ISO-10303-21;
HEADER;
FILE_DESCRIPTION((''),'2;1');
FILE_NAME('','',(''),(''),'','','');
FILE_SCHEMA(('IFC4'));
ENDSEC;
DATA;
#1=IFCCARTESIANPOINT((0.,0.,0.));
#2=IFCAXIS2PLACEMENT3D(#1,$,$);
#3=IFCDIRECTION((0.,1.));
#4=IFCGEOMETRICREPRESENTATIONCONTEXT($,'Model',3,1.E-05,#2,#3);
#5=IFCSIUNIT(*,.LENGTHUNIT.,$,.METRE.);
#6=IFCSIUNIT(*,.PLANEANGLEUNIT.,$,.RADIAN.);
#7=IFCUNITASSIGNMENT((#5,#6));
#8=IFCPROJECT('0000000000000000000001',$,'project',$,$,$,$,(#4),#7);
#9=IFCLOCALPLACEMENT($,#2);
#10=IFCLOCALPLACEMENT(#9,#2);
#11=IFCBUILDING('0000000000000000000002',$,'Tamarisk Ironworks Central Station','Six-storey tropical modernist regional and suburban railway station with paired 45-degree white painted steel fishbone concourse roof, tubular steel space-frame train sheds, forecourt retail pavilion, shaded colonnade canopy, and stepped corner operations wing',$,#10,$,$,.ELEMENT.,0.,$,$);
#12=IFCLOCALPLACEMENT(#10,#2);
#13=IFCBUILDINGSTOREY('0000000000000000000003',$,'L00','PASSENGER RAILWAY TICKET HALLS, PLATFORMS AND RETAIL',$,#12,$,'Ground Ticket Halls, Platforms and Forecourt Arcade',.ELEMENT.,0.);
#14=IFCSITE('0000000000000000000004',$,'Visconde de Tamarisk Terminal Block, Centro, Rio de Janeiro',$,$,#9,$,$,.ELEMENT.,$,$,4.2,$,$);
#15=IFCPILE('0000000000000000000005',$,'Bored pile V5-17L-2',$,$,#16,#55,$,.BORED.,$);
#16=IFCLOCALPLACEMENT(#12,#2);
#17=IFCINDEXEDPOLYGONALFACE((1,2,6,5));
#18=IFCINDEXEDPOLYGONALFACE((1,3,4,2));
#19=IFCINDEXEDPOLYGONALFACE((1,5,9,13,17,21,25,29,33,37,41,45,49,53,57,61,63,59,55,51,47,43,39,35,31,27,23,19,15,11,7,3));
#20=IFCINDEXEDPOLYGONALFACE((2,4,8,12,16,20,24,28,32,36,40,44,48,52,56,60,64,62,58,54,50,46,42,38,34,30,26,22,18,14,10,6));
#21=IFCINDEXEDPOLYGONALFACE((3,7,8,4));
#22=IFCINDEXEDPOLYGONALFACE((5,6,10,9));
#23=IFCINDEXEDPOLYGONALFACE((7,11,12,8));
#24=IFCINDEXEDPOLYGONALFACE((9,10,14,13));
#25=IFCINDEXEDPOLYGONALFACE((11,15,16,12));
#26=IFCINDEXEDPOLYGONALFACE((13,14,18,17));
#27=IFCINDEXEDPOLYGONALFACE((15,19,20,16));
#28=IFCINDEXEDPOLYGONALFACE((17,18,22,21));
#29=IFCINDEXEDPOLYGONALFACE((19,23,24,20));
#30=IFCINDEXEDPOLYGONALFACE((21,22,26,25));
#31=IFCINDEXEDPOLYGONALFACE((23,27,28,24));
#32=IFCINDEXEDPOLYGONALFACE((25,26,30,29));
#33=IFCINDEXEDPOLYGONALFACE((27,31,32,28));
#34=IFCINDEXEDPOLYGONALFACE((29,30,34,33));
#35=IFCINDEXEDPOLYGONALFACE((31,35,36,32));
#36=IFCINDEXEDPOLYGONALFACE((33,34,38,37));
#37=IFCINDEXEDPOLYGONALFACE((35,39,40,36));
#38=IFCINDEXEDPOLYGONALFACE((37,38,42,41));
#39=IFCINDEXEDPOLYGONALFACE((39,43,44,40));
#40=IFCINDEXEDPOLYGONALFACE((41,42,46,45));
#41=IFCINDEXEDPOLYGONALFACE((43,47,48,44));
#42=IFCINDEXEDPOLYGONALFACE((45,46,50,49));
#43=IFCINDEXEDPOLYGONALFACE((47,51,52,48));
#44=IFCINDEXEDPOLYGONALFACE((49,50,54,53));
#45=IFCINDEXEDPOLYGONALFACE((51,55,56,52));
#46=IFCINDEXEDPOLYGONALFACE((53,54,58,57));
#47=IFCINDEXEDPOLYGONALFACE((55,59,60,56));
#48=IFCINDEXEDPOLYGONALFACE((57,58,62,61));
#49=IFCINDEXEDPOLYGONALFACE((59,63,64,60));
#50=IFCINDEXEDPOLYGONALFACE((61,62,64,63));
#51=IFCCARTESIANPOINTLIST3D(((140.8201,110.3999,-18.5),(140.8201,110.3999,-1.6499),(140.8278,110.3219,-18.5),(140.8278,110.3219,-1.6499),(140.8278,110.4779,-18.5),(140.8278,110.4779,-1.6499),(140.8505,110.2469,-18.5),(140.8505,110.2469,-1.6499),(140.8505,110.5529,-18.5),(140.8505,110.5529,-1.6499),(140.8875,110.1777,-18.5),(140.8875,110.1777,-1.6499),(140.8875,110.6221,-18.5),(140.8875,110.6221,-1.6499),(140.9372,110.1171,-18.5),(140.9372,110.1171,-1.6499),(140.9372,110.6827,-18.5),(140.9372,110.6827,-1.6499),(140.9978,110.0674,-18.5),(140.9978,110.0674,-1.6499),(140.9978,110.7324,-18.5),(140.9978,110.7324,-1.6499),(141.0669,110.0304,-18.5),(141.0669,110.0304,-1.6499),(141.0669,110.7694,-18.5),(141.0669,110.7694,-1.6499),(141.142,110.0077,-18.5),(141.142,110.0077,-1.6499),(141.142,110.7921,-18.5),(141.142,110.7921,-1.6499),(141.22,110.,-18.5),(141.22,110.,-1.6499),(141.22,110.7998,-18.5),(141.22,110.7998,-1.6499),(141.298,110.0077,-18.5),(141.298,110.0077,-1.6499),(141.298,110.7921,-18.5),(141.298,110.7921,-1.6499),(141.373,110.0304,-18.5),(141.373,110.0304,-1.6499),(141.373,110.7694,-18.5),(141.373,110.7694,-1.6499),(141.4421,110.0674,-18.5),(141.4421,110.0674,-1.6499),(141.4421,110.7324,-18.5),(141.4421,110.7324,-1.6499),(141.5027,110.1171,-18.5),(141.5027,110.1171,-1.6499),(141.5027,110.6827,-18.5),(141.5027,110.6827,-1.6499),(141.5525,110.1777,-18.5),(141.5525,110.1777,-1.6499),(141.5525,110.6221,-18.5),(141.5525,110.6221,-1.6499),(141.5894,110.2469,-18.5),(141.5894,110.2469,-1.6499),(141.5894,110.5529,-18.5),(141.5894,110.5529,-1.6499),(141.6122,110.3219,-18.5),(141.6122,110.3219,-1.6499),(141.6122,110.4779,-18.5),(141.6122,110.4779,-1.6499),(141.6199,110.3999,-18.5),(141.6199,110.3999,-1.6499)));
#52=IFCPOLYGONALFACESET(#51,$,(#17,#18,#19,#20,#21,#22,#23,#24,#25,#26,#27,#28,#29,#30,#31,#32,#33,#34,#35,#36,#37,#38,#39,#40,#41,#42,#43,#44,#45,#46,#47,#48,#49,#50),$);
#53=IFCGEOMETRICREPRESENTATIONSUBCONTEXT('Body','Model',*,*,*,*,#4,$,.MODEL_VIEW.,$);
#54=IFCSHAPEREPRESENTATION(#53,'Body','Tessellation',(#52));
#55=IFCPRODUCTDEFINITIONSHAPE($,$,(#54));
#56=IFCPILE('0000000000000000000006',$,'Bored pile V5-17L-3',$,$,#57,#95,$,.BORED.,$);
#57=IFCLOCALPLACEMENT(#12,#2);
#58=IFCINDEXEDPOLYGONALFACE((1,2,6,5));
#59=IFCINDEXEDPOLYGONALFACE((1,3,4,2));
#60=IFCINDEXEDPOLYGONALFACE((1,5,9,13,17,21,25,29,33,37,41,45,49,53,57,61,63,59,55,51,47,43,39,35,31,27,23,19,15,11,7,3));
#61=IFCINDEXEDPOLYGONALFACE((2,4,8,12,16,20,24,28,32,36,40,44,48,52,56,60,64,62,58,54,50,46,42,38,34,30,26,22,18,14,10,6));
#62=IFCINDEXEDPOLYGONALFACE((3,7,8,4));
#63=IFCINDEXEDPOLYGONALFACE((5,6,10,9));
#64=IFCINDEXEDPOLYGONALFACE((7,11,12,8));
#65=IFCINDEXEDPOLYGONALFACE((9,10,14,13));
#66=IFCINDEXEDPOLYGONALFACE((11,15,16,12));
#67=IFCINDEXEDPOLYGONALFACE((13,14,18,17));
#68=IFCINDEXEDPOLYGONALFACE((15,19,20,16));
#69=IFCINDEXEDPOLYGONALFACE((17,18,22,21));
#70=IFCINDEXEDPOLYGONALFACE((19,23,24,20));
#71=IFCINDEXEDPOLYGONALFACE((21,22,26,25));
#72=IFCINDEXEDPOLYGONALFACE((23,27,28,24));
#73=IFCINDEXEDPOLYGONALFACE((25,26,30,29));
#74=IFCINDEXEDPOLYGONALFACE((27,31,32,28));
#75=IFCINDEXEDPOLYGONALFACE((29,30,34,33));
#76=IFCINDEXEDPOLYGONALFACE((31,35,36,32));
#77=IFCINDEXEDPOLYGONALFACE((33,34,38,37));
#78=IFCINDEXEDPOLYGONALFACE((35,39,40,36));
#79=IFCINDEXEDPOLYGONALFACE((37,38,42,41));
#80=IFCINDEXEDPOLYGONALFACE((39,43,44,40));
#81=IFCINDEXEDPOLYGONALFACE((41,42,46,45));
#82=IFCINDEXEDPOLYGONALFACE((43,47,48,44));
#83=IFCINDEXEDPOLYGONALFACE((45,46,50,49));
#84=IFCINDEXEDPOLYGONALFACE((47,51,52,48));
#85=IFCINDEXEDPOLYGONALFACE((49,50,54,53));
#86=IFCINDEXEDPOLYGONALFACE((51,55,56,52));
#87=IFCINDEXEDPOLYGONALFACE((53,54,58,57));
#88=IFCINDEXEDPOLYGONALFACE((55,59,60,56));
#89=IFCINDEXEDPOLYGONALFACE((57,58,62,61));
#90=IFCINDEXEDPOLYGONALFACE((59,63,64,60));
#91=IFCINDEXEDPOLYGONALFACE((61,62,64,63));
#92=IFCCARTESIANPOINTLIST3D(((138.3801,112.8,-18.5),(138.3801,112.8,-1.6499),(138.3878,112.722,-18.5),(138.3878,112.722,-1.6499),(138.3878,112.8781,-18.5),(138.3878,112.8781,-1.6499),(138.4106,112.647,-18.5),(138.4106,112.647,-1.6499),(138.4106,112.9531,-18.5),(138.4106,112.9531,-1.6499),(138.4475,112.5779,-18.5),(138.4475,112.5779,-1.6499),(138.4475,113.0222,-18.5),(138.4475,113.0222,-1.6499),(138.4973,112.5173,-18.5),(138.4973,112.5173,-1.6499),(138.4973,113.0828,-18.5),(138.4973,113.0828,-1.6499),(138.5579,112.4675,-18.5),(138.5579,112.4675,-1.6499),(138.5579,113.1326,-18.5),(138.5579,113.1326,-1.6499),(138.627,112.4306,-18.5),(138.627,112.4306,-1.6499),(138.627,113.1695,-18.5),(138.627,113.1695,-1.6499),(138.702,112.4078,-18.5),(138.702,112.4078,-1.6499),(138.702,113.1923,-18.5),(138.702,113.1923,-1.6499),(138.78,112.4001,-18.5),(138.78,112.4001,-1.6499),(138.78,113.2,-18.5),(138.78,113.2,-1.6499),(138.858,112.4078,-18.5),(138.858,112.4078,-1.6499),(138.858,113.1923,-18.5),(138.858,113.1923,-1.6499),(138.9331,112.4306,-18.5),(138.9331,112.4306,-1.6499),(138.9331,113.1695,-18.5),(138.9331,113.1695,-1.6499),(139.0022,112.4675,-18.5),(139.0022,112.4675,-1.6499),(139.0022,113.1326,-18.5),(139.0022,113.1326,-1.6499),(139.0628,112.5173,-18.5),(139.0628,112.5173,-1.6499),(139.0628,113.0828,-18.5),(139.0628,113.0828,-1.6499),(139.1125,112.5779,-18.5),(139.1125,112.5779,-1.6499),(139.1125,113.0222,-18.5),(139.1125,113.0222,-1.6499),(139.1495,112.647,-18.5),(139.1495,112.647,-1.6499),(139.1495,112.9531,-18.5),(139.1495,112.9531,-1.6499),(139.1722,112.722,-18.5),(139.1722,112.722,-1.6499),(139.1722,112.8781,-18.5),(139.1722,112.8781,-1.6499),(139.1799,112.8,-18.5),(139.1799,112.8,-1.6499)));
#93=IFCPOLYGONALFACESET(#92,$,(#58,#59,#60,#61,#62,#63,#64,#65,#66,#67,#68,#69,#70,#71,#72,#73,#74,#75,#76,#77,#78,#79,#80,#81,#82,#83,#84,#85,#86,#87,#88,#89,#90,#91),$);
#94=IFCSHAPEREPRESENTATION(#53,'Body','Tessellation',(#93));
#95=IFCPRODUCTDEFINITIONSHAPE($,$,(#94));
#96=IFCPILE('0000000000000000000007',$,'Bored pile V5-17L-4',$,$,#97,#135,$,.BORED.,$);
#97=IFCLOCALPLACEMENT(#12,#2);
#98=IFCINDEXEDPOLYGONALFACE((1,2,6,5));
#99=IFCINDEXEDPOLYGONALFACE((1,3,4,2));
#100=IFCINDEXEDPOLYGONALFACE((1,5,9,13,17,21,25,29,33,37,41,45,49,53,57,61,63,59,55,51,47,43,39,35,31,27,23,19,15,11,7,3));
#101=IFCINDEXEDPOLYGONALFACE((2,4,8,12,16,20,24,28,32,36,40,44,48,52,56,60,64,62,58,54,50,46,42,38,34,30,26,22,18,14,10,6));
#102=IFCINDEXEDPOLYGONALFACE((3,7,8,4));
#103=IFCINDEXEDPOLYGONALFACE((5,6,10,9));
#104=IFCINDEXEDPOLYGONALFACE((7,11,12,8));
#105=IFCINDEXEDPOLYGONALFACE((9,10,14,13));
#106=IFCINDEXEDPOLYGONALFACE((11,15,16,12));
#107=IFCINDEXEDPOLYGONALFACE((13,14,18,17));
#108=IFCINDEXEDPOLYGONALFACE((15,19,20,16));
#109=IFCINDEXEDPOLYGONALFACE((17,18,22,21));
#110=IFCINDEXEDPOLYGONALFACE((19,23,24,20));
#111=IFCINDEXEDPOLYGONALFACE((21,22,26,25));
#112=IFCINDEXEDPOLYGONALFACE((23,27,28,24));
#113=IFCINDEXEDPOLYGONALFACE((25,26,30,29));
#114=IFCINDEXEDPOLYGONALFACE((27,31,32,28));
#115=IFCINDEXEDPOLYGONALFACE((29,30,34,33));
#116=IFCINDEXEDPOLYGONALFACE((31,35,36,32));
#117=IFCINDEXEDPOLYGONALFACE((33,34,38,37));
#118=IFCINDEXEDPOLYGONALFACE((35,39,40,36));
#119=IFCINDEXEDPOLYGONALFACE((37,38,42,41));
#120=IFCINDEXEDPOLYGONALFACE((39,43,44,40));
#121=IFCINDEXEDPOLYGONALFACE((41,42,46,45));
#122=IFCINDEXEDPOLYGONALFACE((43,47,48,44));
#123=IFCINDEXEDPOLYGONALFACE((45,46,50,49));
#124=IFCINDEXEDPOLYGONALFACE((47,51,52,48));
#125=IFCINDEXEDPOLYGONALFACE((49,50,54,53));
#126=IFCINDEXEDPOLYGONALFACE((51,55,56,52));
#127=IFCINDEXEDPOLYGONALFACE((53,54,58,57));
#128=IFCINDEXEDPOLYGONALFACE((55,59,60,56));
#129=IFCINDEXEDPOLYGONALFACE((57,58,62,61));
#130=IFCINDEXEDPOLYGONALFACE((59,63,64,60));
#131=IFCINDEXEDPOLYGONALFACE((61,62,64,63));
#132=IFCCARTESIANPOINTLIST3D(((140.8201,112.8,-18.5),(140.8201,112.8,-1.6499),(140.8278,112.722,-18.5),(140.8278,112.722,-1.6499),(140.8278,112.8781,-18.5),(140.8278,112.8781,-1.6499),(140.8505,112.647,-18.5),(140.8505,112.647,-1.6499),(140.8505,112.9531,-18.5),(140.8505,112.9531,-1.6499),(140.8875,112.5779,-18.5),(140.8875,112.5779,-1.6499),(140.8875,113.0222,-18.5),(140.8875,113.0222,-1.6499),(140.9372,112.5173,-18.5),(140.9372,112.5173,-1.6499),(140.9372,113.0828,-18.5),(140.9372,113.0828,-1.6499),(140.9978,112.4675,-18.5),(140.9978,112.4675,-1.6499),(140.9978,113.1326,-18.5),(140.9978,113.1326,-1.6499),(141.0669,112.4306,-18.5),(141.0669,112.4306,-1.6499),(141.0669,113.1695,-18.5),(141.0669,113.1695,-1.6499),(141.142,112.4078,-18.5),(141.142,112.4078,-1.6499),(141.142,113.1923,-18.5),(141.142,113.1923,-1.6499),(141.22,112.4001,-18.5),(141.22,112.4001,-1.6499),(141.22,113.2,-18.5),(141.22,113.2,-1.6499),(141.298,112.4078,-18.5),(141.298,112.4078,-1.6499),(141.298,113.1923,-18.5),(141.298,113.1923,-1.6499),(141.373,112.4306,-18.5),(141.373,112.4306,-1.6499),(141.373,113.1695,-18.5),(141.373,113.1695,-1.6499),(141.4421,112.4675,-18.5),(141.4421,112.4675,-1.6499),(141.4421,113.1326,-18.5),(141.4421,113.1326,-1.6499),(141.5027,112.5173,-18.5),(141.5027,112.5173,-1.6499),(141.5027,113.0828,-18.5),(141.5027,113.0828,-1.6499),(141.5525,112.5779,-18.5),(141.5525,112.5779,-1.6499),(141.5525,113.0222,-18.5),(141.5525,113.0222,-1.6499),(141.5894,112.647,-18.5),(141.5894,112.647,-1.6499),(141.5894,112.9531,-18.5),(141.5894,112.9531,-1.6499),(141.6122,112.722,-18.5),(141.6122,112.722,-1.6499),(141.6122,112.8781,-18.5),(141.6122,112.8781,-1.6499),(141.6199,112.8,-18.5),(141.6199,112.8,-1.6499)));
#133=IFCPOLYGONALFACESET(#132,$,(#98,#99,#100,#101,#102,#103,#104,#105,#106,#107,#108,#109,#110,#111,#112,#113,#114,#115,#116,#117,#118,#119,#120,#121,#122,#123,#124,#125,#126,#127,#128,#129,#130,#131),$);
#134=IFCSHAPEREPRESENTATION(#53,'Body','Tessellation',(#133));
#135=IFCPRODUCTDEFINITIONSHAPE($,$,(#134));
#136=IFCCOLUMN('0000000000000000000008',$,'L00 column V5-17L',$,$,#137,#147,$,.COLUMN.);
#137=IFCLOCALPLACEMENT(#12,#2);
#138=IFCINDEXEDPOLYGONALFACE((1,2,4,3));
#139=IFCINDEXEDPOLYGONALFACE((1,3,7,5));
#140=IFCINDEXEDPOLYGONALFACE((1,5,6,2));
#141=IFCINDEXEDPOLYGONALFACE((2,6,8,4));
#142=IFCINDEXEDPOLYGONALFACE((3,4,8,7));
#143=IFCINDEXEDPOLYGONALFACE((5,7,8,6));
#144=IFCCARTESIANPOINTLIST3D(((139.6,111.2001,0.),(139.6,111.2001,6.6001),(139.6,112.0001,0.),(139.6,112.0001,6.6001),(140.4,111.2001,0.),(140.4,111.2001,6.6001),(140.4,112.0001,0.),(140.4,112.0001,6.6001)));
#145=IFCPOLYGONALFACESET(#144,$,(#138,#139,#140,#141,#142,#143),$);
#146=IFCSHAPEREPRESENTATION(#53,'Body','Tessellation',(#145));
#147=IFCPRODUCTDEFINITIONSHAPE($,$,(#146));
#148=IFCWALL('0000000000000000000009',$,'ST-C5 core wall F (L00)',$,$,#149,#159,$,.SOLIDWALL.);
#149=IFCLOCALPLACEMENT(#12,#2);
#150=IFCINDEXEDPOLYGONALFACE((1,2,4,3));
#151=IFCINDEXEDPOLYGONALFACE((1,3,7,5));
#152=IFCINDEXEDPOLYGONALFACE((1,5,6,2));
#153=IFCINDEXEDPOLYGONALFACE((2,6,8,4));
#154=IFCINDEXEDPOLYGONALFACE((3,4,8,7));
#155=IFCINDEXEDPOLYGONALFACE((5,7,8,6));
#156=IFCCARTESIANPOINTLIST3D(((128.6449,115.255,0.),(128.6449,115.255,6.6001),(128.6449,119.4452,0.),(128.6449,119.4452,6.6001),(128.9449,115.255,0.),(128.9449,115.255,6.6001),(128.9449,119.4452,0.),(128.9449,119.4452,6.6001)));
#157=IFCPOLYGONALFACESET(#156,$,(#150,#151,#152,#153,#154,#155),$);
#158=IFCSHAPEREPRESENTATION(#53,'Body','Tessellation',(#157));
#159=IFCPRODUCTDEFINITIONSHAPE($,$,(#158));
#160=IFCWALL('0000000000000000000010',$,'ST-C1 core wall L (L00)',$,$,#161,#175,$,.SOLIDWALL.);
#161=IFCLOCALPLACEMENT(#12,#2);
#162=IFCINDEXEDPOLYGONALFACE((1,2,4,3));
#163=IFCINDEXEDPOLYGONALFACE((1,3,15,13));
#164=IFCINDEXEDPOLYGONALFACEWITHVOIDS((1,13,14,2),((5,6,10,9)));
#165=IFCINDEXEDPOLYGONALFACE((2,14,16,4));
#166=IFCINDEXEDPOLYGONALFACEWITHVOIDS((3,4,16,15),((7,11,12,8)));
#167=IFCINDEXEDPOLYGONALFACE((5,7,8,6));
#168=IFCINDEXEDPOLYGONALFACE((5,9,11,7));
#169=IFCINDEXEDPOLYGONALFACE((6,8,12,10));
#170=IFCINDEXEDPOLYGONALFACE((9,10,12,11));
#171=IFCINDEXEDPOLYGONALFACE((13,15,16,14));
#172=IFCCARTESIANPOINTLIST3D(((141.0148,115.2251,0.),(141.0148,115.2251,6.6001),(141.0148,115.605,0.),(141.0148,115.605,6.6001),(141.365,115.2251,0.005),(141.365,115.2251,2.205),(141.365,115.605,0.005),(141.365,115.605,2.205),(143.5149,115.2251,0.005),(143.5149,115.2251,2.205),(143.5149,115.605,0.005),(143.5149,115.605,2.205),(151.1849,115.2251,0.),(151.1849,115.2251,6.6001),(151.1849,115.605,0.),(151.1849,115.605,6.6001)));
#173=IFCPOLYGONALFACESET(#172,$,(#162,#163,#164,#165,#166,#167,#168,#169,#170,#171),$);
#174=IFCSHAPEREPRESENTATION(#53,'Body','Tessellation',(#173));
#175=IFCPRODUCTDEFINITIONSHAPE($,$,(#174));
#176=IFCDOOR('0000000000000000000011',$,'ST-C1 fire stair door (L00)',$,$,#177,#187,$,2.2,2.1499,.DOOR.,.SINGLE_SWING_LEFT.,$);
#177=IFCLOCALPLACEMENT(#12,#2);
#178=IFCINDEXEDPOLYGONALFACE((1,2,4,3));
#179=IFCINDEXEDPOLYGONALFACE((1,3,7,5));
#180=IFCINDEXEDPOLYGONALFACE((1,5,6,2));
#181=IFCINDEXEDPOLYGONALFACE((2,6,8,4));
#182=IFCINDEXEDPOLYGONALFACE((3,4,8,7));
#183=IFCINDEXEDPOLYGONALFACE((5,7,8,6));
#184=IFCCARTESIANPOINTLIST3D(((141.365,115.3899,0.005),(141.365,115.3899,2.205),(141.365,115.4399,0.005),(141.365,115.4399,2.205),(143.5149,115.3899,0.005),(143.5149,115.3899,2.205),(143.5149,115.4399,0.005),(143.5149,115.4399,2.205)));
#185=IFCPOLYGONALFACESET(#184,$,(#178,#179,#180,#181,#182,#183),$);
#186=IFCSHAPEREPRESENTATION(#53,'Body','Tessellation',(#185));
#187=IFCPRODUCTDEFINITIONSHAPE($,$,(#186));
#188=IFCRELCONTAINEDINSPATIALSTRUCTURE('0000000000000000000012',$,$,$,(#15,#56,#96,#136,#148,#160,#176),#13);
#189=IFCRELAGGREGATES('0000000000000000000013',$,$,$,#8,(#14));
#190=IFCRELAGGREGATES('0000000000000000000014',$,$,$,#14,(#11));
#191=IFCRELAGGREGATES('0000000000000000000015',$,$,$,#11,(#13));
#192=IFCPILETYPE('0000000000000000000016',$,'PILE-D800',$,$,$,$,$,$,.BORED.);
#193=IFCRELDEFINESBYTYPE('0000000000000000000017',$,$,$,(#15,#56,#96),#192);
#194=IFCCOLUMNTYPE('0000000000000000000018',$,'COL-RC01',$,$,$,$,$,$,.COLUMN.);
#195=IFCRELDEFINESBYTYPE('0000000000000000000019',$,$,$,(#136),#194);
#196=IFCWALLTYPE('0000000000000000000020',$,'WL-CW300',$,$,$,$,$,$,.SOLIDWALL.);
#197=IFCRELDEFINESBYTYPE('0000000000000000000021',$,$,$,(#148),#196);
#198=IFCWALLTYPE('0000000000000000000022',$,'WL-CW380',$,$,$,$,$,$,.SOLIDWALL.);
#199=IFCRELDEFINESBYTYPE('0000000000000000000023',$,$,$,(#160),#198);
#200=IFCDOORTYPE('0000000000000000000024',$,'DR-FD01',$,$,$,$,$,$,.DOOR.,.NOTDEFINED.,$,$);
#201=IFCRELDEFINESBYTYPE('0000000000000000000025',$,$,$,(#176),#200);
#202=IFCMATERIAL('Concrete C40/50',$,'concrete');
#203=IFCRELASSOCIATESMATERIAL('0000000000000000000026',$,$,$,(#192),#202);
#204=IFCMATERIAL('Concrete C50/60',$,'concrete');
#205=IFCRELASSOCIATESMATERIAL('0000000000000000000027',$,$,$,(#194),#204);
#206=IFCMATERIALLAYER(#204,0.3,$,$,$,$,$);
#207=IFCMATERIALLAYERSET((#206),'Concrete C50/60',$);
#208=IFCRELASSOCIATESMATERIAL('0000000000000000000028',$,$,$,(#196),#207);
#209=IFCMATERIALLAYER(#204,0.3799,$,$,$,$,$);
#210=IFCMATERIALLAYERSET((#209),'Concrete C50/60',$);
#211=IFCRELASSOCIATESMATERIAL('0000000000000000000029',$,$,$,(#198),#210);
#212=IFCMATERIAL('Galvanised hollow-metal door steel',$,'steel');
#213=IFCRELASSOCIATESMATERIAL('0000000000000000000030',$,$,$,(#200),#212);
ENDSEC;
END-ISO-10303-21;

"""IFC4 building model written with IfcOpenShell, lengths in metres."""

from ifc_helpers import new_model, si_unit, direction, frame, frame_2d, origin, origin_2d, place, context, subcontext, project, spatial, rectangle, circle, extrude, material, layer, layer_set, material_profile, profile_set, type_object, element, fill, save


model = new_model("IFC4")

# Units and contexts
model_context = context("Model", 3, precision=1e-05, world=origin(), true_north=direction((0.0, 1.0)))
body_context = subcontext(model_context, "Body", "Model", "MODEL_VIEW")
ifc_project = project(units=[si_unit("LENGTHUNIT", "METRE"), si_unit("PLANEANGLEUNIT", "RADIAN")], contexts=[model_context])

# Site, building, storey
site_placement = place(None, origin())
site = spatial("IfcSite", under=ifc_project, at=site_placement, Name="Visconde de Tamarisk Terminal Block, Centro, Rio de Janeiro", CompositionType="ELEMENT", RefElevation=4.2)
building_placement = place(site_placement, origin())
building = spatial("IfcBuilding", under=site, at=building_placement, Name="Tamarisk Ironworks Central Station", Description="Six-storey tropical modernist regional and suburban railway station with paired 45-degree white painted steel fishbone concourse roof, tubular steel space-frame train sheds, forecourt retail pavilion, shaded colonnade canopy, and stepped corner operations wing", CompositionType="ELEMENT", ElevationOfRefHeight=0.0)
storey_placement = place(building_placement, origin())
storey = spatial("IfcBuildingStorey", under=building, at=storey_placement, Name="L00", Description="PASSENGER RAILWAY TICKET HALLS, PLATFORMS AND RETAIL", LongName="Ground Ticket Halls, Platforms and Forecourt Arcade", CompositionType="ELEMENT", Elevation=0.0)

# Shared definitions
ifc_material_1 = material(Name="Concrete C40/50", Category="concrete")

# Piles
ifc_material_profile_1 = material_profile(ifc_material_1, circle(Radius=0.3999, at=origin_2d()), Name="BORED PILE D800")
ifc_profile_set_1 = profile_set([ifc_material_profile_1], Name="Concrete C40/50")
pile_type = type_object("IfcPileType", Name="PILE-D800", PredefinedType="BORED", material=ifc_profile_set_1)
for number, where, z_axis, x_axis, name in (
    (1, (141.22, 110.3999, -1.6499), (0.0, 0.0, -1.0), (1.0, 0.0, 0.0), "Bored pile V5-17L-2"),
    (2, (138.78, 112.8, -1.6499), (0.0, 0.0, -1.0), (1.0, 0.0, 0.0), "Bored pile V5-17L-3"),
    (3, (141.22, 112.8, -1.6499), (0.0, 0.0, -1.0), (1.0, 0.0, 0.0), "Bored pile V5-17L-4"),
):
    element("IfcPile", number, at=place(storey_placement, frame(where, z_axis=z_axis, x_axis=x_axis)), inside=storey, type_object=pile_type, Name=name, PredefinedType="BORED", context=body_context, shape_type="SweptSolid", body=[
        extrude(circle(Radius=0.3999, at=origin_2d()), origin(), (0.0, 0.0, 1.0), 16.8501),
    ])

# Column
ifc_material_2 = material(Name="Concrete C50/60", Category="concrete")
ifc_material_profile_2 = material_profile(ifc_material_2, rectangle(XDim=0.8, YDim=0.8, at=origin_2d()), Name="RC 800x800")
ifc_profile_set_2 = profile_set([ifc_material_profile_2], Name="Concrete C50/60")
column_type = type_object("IfcColumnType", Name="COL-RC01", PredefinedType="COLUMN", material=ifc_profile_set_2)
column_placement = place(storey_placement, frame((140.0, 111.6001, 0.0), z_axis=(0.0, 0.0, 1.0), x_axis=(1.0, 0.0, 0.0)))
element("IfcColumn", 4, at=column_placement, inside=storey, type_object=column_type, Name="L00 column V5-17L", PredefinedType="COLUMN", context=body_context, shape_type="SweptSolid", body=[
    extrude(rectangle(XDim=0.8, YDim=0.8, at=origin_2d()), origin(), (0.0, 0.0, 1.0), 6.6001),
])

# Wall
ifc_layer_1 = layer(ifc_material_2, 0.3)
ifc_layer_set_1 = layer_set([ifc_layer_1], Name="Concrete C50/60")
wall_type_1 = type_object("IfcWallType", Name="WL-CW300", PredefinedType="SOLIDWALL", material=ifc_layer_set_1)
wall_1_placement = place(storey_placement, frame((128.7949, 115.2549, 0.0), z_axis=(0.0, 0.0, 1.0), x_axis=(0.0, 1.0, 0.0)))
element("IfcWall", 5, at=wall_1_placement, inside=storey, type_object=wall_type_1, Name="ST-C5 core wall F (L00)", PredefinedType="SOLIDWALL", context=body_context, shape_type="SweptSolid", body=[
    extrude(rectangle(XDim=4.1902, YDim=0.3, at=frame_2d((2.0952, 0.0))), origin(), (0.0, 0.0, 1.0), 6.6001),
])

# Wall, opening, door
ifc_layer_2 = layer(ifc_material_2, 0.3799)
ifc_layer_set_2 = layer_set([ifc_layer_2], Name="Concrete C50/60")
wall_type_2 = type_object("IfcWallType", Name="WL-CW380", PredefinedType="SOLIDWALL", material=ifc_layer_set_2)
wall_2_placement = place(storey_placement, frame((141.0149, 115.415, 0.0), z_axis=(0.0, 0.0, 1.0), x_axis=(1.0, 0.0, 0.0)))
wall_2 = element("IfcWall", 6, at=wall_2_placement, inside=storey, type_object=wall_type_2, Name="ST-C1 core wall L (L00)", PredefinedType="SOLIDWALL", context=body_context, shape_type="SweptSolid", body=[
    extrude(rectangle(XDim=10.1702, YDim=0.3799, at=frame_2d((5.085, 0.0))), origin(), (0.0, 0.0, 1.0), 6.6001),
])
opening_1_placement = place(wall_2_placement, frame((0.3501, 0.0, 0.0049)))
opening_1 = element("IfcOpeningElement", 7, at=opening_1_placement, cuts=wall_2, PredefinedType="OPENING", context=body_context, shape_type="SweptSolid", body=[
    extrude(rectangle(XDim=2.1499, YDim=2.2, at=frame_2d((1.075, 1.1001))), frame((0.0, 0.2019, 0.0), z_axis=(0.0, -1.0, 0.0), x_axis=(1.0, 0.0, 0.0)), (0.0, 0.0, 1.0), 0.4038),
])
ifc_material_3 = material(Name="Galvanised hollow-metal door steel", Category="steel")
door_type_1 = type_object("IfcDoorType", Name="DR-FD01", OperationType="NOTDEFINED", PredefinedType="DOOR", material=ifc_material_3)
door_1_placement = place(opening_1_placement, origin())
door_1 = element("IfcDoor", 8, at=door_1_placement, inside=storey, type_object=door_type_1, Name="ST-C1 fire stair door (L00)", OperationType="SINGLE_SWING_LEFT", OverallHeight=2.2, OverallWidth=2.1499, PredefinedType="DOOR", context=body_context, shape_type="SweptSolid", body=[
    extrude(rectangle(XDim=2.1499, YDim=2.2, at=frame_2d((1.075, 1.1001))), frame((0.0, 0.0249, 0.0), z_axis=(0.0, -1.0, 0.0), x_axis=(1.0, 0.0, 0.0)), (0.0, 0.0, 1.0), 0.05),
])
fill(opening_1, door_1)

save(model, "model.ifc")
